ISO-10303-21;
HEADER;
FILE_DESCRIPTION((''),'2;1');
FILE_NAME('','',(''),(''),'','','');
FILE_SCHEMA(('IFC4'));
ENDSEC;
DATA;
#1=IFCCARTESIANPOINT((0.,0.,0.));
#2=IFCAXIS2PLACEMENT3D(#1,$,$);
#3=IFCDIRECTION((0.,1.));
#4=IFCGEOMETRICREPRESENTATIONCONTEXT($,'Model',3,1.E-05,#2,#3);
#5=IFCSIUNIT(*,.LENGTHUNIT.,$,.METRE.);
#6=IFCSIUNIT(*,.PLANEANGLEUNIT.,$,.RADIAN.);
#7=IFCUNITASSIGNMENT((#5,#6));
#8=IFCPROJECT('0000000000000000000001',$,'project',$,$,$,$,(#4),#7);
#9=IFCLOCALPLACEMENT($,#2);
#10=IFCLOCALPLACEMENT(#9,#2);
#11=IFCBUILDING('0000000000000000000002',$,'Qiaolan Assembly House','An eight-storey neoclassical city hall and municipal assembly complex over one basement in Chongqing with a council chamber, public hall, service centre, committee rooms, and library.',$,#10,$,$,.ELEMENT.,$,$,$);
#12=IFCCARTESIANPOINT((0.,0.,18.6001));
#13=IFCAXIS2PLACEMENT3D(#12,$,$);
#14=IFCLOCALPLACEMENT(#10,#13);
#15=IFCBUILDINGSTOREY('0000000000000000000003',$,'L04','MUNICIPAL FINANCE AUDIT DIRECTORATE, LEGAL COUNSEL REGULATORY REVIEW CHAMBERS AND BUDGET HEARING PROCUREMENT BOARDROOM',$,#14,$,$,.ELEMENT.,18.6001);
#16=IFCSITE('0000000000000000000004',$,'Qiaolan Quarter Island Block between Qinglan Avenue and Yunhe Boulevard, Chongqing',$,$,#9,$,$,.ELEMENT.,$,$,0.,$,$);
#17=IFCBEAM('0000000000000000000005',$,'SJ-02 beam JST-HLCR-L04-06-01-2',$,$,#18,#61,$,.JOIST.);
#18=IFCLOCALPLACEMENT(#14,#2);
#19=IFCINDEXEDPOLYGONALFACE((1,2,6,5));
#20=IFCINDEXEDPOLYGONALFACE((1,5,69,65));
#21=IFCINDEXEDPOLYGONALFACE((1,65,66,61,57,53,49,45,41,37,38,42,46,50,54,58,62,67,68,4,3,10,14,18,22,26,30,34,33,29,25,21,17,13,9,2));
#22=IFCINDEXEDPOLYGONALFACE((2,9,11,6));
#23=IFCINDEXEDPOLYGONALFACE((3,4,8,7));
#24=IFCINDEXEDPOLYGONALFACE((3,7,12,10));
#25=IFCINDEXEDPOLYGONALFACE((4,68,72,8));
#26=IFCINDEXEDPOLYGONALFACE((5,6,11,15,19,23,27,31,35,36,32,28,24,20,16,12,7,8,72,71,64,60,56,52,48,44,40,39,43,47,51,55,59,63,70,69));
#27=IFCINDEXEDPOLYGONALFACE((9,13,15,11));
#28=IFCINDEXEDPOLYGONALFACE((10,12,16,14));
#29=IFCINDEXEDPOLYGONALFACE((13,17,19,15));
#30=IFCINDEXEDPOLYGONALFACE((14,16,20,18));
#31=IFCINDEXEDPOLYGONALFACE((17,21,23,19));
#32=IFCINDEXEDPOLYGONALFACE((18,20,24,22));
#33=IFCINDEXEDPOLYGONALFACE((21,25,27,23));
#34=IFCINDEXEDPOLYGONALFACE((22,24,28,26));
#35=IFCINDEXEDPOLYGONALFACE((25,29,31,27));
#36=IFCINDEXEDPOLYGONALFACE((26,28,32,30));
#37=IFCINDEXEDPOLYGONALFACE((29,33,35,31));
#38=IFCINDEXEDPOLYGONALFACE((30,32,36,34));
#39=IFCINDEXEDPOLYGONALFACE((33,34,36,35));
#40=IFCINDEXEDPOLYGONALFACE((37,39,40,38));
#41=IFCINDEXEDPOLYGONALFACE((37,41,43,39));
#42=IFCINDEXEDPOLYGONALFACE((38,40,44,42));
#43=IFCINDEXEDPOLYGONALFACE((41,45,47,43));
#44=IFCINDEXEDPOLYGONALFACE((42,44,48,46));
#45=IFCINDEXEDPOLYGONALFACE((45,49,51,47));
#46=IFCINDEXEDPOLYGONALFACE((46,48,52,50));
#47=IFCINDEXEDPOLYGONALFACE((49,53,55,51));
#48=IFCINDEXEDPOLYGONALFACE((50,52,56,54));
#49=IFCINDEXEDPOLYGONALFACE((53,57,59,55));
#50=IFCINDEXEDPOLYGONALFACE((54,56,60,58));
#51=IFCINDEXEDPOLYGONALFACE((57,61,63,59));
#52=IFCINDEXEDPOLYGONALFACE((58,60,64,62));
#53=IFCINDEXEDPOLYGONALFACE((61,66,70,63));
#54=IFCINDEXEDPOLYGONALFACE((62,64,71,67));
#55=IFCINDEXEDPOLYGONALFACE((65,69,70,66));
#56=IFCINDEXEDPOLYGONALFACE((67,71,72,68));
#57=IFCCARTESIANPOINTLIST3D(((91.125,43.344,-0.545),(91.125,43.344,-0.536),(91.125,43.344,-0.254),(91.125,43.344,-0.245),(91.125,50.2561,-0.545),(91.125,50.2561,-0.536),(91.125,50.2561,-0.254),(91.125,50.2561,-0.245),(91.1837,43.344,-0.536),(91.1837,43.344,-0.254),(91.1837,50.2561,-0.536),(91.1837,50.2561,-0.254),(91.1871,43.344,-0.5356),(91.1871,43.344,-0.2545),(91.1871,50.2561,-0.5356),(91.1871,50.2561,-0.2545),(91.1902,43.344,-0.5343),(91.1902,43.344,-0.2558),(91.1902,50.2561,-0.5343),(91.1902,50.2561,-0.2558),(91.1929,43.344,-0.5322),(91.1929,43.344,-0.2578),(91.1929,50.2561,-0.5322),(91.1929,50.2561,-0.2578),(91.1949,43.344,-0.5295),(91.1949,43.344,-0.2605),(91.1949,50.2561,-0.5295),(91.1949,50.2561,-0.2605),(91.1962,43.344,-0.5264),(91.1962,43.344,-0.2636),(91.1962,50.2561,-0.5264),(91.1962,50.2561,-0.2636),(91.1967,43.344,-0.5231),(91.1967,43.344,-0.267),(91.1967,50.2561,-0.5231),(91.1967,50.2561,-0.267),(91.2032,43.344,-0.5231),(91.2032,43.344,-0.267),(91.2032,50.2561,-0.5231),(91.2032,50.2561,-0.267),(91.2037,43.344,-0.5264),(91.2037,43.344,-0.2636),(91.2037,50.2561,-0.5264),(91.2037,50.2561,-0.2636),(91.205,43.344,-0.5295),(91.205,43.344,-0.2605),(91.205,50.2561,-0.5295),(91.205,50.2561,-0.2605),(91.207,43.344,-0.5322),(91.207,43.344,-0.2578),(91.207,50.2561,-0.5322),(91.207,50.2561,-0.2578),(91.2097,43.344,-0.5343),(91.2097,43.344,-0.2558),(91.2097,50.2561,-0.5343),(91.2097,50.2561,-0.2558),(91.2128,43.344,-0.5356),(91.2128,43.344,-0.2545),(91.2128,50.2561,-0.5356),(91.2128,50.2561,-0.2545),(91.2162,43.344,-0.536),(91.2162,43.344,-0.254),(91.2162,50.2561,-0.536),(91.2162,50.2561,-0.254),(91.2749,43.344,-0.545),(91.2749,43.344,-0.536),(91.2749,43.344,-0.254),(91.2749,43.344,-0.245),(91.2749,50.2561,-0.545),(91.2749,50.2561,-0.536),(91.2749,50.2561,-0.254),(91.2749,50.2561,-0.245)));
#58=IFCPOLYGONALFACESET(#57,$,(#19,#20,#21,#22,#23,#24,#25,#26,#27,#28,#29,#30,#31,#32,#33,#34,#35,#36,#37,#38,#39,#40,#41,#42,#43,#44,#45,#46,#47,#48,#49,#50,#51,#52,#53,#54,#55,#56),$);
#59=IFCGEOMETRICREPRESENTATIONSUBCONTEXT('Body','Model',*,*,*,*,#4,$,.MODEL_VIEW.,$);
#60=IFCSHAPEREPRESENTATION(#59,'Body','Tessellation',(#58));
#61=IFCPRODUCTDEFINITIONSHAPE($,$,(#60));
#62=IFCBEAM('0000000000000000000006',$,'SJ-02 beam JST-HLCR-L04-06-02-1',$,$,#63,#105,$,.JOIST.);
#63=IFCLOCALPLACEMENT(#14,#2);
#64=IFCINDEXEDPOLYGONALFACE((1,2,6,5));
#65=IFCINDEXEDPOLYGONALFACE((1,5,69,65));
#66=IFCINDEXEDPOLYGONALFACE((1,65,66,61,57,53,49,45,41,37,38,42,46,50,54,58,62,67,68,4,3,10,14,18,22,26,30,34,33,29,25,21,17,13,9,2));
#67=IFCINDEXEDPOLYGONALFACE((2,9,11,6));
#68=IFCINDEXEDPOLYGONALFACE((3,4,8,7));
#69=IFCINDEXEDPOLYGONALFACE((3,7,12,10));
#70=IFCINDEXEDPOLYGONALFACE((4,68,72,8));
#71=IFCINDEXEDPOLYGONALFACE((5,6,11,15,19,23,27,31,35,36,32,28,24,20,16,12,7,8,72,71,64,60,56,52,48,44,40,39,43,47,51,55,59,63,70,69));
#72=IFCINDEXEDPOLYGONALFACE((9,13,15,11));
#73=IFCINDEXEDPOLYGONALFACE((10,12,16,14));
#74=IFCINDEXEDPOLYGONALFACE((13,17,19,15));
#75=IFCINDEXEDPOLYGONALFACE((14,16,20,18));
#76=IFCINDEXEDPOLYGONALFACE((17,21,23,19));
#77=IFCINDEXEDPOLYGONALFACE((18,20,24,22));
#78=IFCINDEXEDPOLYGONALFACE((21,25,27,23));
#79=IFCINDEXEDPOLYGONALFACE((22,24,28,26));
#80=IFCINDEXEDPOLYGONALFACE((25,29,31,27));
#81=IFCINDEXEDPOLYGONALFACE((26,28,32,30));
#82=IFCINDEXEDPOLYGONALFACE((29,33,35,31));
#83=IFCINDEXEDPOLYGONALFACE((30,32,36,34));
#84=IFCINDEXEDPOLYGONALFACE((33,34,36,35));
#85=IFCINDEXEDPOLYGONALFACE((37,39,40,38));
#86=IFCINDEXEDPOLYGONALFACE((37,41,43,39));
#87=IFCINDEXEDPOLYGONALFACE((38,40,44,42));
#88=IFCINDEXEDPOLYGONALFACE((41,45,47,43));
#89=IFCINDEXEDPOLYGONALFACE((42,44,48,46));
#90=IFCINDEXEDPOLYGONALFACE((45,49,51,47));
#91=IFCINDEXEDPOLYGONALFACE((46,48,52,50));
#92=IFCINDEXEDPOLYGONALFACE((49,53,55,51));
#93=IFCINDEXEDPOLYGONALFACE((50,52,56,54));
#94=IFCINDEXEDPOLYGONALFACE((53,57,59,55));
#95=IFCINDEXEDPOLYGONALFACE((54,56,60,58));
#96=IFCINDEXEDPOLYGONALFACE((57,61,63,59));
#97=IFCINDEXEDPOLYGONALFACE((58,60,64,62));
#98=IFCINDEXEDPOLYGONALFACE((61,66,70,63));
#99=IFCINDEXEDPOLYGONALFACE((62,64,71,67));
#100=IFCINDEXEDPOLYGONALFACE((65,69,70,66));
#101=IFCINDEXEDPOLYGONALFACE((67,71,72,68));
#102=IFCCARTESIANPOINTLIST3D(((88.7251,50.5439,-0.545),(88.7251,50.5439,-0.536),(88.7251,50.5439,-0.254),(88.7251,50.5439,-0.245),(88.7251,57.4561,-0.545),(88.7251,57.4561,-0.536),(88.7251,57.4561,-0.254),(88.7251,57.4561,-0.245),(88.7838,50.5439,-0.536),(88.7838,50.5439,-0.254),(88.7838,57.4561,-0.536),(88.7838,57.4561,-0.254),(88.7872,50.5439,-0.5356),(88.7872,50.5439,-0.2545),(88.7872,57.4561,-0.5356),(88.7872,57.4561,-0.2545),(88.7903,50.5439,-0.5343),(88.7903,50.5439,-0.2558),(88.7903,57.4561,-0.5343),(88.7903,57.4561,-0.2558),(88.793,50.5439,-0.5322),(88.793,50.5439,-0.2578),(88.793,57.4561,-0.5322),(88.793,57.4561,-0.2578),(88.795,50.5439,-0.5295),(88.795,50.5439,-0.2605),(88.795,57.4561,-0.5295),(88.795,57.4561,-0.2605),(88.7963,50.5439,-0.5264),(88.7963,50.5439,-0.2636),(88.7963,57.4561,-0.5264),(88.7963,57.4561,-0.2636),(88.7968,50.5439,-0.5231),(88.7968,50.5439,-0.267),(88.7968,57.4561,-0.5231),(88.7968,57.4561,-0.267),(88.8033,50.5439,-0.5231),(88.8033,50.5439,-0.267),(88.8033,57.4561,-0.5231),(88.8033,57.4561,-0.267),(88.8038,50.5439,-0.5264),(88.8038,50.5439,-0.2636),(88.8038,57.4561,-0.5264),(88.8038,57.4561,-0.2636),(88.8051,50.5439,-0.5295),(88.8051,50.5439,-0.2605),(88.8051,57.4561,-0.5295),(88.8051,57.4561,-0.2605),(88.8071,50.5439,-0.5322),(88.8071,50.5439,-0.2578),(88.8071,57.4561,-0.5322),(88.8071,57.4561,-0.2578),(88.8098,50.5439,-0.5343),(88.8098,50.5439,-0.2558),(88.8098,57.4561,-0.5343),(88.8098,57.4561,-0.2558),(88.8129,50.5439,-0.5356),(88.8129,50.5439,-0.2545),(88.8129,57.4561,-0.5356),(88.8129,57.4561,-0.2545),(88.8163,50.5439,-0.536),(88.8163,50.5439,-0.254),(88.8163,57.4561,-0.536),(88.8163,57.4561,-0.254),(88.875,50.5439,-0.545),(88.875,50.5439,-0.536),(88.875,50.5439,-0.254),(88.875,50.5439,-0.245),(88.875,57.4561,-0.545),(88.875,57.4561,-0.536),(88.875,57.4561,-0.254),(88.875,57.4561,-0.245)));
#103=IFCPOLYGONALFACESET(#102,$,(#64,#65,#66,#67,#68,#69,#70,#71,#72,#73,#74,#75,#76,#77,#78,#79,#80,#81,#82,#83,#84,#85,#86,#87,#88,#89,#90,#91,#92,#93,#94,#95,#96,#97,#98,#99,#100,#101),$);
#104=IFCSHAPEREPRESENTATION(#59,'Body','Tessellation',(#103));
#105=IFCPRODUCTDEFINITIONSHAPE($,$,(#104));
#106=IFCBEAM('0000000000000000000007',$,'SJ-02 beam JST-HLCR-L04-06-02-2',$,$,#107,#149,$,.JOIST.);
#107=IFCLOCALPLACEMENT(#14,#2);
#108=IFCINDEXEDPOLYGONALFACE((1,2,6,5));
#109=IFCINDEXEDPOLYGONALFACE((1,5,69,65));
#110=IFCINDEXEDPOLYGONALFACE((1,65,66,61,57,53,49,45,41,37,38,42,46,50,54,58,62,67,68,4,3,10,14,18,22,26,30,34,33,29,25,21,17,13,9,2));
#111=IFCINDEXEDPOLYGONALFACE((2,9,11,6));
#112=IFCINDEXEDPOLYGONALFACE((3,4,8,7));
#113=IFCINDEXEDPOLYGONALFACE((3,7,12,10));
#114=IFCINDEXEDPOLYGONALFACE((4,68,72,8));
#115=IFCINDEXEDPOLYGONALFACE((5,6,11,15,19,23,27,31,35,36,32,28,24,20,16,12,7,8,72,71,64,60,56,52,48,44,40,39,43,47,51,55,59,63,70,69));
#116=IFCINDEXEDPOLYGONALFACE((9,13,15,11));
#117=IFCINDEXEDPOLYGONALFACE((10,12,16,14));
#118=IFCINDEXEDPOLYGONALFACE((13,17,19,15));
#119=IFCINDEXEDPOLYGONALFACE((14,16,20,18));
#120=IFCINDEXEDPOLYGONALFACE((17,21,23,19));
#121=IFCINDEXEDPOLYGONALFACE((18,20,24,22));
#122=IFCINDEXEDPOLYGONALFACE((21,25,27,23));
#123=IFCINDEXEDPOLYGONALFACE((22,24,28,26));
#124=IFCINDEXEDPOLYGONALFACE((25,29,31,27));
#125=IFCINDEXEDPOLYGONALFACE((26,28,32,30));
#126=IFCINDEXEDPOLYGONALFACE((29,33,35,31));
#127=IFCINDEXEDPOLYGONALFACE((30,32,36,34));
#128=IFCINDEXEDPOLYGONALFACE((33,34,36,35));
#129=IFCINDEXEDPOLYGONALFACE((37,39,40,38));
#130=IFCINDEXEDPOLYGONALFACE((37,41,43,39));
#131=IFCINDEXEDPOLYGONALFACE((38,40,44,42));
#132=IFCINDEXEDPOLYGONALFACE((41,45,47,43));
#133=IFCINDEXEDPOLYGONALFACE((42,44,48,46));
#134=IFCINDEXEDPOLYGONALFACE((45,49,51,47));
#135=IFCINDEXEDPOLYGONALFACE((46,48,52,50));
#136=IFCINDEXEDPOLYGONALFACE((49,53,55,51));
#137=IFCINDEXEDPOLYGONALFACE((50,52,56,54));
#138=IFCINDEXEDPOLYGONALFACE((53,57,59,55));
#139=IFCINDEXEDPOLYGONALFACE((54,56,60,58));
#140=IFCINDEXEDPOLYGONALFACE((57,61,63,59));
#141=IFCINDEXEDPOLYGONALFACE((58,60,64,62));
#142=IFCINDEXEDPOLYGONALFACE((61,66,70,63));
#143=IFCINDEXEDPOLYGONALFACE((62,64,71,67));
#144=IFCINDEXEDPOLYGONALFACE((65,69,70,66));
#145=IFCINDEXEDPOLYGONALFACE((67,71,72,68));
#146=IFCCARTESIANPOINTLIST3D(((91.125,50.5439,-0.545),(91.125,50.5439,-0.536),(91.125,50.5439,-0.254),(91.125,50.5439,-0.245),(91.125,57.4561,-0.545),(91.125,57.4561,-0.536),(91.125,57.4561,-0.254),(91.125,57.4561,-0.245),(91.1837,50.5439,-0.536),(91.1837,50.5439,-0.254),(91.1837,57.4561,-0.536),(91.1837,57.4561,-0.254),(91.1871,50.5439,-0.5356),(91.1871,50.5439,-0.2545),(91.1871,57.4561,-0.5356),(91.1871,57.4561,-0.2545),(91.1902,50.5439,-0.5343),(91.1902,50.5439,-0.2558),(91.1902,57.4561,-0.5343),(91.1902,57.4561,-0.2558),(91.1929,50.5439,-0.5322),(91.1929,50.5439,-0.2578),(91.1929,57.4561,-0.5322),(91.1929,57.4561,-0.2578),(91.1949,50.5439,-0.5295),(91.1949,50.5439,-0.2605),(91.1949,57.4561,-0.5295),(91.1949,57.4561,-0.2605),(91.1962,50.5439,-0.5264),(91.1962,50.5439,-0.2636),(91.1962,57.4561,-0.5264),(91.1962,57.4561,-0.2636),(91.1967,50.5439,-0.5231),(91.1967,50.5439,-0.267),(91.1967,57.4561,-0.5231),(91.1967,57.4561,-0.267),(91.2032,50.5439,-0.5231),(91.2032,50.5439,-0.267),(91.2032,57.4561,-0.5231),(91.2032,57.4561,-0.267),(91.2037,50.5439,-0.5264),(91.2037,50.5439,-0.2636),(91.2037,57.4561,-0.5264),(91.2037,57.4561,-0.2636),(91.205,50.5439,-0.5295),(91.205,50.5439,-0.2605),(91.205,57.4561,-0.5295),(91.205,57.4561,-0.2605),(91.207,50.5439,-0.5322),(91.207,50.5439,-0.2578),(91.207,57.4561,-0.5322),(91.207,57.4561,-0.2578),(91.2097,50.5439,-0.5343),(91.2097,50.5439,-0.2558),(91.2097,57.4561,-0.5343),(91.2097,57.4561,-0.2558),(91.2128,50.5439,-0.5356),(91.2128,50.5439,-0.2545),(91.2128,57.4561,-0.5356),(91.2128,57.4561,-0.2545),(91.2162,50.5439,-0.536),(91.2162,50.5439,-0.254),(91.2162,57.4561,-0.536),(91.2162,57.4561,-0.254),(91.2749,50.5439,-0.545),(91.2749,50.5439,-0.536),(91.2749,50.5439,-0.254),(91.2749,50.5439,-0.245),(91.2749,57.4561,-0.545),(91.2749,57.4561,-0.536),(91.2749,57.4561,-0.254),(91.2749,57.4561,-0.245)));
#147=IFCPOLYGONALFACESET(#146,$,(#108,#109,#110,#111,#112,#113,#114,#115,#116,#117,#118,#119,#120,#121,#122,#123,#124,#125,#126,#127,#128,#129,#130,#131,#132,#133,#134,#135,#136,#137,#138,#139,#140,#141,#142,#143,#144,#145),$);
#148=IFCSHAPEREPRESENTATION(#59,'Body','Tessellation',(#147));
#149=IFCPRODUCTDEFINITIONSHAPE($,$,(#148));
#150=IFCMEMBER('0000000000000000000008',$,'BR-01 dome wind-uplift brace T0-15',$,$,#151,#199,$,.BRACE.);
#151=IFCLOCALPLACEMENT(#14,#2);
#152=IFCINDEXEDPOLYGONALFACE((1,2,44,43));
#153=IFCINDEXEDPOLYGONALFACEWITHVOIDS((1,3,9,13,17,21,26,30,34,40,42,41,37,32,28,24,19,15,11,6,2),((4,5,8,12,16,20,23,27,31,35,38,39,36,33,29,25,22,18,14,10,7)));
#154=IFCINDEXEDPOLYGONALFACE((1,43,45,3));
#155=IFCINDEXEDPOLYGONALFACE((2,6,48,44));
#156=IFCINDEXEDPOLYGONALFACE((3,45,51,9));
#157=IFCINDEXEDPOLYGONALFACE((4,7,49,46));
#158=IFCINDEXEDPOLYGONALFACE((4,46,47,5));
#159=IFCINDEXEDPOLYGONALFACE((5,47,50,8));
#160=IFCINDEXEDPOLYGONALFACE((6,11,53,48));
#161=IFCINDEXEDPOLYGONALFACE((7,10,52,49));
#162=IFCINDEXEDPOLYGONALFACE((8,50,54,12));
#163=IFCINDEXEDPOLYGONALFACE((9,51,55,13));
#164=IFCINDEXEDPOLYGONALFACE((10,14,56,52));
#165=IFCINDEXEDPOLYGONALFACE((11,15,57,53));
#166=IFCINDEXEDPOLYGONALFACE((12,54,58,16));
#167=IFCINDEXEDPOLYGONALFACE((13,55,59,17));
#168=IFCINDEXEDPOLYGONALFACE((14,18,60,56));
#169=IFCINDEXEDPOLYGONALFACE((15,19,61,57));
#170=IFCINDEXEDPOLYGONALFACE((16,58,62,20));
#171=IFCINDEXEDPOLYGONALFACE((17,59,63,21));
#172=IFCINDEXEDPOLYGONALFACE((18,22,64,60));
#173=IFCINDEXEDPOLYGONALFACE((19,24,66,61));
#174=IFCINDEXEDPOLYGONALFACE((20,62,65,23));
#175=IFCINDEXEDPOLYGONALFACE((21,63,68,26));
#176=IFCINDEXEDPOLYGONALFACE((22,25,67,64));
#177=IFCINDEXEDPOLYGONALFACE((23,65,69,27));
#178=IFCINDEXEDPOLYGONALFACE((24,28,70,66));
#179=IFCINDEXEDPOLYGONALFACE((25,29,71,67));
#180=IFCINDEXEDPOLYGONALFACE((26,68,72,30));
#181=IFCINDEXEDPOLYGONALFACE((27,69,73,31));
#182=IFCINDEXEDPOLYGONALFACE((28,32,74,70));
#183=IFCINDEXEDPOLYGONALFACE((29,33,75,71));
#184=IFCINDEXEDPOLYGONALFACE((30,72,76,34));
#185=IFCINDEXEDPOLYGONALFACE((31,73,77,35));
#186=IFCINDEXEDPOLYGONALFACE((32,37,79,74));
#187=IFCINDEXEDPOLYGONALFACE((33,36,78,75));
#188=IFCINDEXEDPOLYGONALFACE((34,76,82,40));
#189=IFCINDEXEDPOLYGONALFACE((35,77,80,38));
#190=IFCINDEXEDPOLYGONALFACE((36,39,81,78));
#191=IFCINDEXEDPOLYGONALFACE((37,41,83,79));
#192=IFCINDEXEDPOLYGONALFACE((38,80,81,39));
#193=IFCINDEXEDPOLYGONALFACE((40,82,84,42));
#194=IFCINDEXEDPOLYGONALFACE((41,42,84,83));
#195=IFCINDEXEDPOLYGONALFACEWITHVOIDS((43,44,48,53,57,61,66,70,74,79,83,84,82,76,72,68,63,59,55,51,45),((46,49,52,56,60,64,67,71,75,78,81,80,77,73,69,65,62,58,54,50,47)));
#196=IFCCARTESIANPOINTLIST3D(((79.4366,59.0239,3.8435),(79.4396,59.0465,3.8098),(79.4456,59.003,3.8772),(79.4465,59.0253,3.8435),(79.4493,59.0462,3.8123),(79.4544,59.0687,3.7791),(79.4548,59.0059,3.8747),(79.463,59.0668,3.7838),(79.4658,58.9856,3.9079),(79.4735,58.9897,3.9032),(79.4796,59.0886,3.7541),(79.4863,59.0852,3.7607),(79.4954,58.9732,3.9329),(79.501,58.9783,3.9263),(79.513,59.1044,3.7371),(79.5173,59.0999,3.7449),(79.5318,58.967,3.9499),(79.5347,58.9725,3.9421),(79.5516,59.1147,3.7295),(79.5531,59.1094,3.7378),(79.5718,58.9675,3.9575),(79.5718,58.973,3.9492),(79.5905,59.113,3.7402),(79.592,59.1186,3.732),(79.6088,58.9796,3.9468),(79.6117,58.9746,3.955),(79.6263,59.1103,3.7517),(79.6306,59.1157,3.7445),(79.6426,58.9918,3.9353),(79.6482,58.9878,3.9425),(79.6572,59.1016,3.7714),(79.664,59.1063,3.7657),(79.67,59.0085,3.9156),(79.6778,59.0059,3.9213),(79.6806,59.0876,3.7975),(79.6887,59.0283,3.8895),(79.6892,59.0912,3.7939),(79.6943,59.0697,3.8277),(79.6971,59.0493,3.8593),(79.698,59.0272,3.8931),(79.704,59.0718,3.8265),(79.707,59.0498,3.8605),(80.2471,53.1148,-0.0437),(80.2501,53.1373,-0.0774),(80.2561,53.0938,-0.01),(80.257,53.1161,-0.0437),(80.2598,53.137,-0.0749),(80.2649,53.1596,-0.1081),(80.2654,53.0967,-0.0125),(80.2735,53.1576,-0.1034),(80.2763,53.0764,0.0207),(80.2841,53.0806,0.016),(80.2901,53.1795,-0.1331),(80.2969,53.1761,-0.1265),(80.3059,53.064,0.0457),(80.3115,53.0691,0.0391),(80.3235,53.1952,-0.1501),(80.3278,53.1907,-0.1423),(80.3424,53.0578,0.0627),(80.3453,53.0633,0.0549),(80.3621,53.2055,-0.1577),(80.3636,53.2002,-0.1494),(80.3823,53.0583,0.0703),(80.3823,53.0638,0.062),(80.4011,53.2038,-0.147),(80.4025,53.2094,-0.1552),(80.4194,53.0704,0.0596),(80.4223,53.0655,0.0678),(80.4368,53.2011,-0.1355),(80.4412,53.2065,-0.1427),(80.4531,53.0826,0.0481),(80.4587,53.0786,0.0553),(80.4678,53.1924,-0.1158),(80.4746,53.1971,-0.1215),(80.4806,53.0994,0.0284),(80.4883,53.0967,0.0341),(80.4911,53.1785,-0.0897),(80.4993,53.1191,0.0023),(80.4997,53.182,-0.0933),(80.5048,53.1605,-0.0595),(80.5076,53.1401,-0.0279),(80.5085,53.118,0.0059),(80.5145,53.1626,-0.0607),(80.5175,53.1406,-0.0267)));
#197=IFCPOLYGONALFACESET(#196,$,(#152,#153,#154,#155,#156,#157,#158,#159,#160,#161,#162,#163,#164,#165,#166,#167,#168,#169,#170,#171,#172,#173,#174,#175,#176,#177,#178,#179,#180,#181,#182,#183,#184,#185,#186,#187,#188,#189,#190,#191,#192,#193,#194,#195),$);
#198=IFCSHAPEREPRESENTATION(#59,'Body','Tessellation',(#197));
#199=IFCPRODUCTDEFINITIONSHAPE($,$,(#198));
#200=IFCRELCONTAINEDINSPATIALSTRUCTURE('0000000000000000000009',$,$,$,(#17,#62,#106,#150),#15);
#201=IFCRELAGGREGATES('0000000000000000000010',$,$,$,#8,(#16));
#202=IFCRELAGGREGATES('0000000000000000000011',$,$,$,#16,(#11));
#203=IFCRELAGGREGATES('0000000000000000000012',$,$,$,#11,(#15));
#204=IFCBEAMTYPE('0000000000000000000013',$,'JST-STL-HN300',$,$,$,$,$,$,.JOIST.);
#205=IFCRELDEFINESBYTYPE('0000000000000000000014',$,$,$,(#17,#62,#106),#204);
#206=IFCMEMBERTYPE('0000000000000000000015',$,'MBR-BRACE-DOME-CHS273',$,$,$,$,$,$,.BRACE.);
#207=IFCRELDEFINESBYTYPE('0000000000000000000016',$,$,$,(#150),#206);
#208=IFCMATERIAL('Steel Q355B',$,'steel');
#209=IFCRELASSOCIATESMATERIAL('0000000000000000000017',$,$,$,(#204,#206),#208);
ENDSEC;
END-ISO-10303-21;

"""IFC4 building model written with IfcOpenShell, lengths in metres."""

from ifc_helpers import new_model, si_unit, direction, frame, origin, origin_2d, place, context, subcontext, project, spatial, hollow_circle, i_section, extrude, material, material_profile, profile_set, type_object, element, save


model = new_model("IFC4")

# Units and contexts
model_context = context("Model", 3, precision=1e-05, world=origin(), true_north=direction((0.0, 1.0)))
body_context = subcontext(model_context, "Body", "Model", "MODEL_VIEW")
ifc_project = project(units=[si_unit("LENGTHUNIT", "METRE"), si_unit("PLANEANGLEUNIT", "RADIAN")], contexts=[model_context])

# Site, building, storey
site_placement = place(None, origin())
site = spatial("IfcSite", under=ifc_project, at=site_placement, Name="Qiaolan Quarter Island Block between Qinglan Avenue and Yunhe Boulevard, Chongqing", CompositionType="ELEMENT", RefElevation=0.0)
building_placement = place(site_placement, origin())
building = spatial("IfcBuilding", under=site, at=building_placement, Name="Qiaolan Assembly House", Description="An eight-storey neoclassical city hall and municipal assembly complex over one basement in Chongqing with a council chamber, public hall, service centre, committee rooms, and library.", CompositionType="ELEMENT")
storey_placement = place(building_placement, frame((0.0, 0.0, 18.6001)))
storey = spatial("IfcBuildingStorey", under=building, at=storey_placement, Name="L04", Description="MUNICIPAL FINANCE AUDIT DIRECTORATE, LEGAL COUNSEL REGULATORY REVIEW CHAMBERS AND BUDGET HEARING PROCUREMENT BOARDROOM", CompositionType="ELEMENT", Elevation=18.6001)

# Beams
ifc_material_1 = material(Name="Steel Q355B", Category="steel")
ifc_material_profile_1 = material_profile(ifc_material_1, i_section(OverallWidth=0.1499, OverallDepth=0.3, WebThickness=0.0066, FlangeThickness=0.009, FilletRadius=0.0129, at=origin_2d()), Name="HN 300x150x6.5x9")
ifc_profile_set_1 = profile_set([ifc_material_profile_1], Name="Steel Q355B")
beam_type_1 = type_object("IfcBeamType", Name="JST-STL-HN300", PredefinedType="JOIST", material=ifc_profile_set_1)
for number, where, z_axis, x_axis, name in (
    (1, (91.2, 43.344, -0.395), (0.0, 1.0, 0.0), (-1.0, 0.0, 0.0), "SJ-02 beam JST-HLCR-L04-06-01-2"),
    (2, (88.8, 50.5439, -0.395), (0.0, 1.0, 0.0), (-1.0, 0.0, 0.0), "SJ-02 beam JST-HLCR-L04-06-02-1"),
    (3, (91.2, 50.5439, -0.395), (0.0, 1.0, 0.0), (-1.0, 0.0, 0.0), "SJ-02 beam JST-HLCR-L04-06-02-2"),
):
    element("IfcBeam", number, at=place(storey_placement, frame(where, z_axis=z_axis, x_axis=x_axis)), inside=storey, type_object=beam_type_1, Name=name, PredefinedType="JOIST", context=body_context, shape_type="SweptSolid", body=[
        extrude(i_section(OverallWidth=0.1499, OverallDepth=0.3, WebThickness=0.0066, FlangeThickness=0.009, FilletRadius=0.0129, at=origin_2d()), origin(), (0.0, 0.0, 1.0), 6.9121),
    ])

# Member
ifc_material_profile_2 = material_profile(ifc_material_1, hollow_circle(Radius=0.1365, WallThickness=0.01, at=origin_2d()), Name="CHS 273x10")
ifc_profile_set_2 = profile_set([ifc_material_profile_2], Name="Steel Q355B")
member_type_1 = type_object("IfcMemberType", Name="MBR-BRACE-DOME-CHS273", PredefinedType="BRACE", material=ifc_profile_set_2)
member_1_placement = place(storey_placement, frame((80.3823, 53.1333, -0.0437), z_axis=(-0.113851, 0.830012, 0.546003), x_axis=(-0.990723, -0.135895, 0.0)))
element("IfcMember", 4, at=member_1_placement, inside=storey, type_object=member_type_1, Name="BR-01 dome wind-uplift brace T0-15", PredefinedType="BRACE", context=body_context, shape_type="SweptSolid", body=[
    extrude(hollow_circle(Radius=0.1365, WallThickness=0.01, at=origin_2d()), origin(), (0.0, 0.0, 1.0), 7.1194),
])

save(model, "model.ifc")
